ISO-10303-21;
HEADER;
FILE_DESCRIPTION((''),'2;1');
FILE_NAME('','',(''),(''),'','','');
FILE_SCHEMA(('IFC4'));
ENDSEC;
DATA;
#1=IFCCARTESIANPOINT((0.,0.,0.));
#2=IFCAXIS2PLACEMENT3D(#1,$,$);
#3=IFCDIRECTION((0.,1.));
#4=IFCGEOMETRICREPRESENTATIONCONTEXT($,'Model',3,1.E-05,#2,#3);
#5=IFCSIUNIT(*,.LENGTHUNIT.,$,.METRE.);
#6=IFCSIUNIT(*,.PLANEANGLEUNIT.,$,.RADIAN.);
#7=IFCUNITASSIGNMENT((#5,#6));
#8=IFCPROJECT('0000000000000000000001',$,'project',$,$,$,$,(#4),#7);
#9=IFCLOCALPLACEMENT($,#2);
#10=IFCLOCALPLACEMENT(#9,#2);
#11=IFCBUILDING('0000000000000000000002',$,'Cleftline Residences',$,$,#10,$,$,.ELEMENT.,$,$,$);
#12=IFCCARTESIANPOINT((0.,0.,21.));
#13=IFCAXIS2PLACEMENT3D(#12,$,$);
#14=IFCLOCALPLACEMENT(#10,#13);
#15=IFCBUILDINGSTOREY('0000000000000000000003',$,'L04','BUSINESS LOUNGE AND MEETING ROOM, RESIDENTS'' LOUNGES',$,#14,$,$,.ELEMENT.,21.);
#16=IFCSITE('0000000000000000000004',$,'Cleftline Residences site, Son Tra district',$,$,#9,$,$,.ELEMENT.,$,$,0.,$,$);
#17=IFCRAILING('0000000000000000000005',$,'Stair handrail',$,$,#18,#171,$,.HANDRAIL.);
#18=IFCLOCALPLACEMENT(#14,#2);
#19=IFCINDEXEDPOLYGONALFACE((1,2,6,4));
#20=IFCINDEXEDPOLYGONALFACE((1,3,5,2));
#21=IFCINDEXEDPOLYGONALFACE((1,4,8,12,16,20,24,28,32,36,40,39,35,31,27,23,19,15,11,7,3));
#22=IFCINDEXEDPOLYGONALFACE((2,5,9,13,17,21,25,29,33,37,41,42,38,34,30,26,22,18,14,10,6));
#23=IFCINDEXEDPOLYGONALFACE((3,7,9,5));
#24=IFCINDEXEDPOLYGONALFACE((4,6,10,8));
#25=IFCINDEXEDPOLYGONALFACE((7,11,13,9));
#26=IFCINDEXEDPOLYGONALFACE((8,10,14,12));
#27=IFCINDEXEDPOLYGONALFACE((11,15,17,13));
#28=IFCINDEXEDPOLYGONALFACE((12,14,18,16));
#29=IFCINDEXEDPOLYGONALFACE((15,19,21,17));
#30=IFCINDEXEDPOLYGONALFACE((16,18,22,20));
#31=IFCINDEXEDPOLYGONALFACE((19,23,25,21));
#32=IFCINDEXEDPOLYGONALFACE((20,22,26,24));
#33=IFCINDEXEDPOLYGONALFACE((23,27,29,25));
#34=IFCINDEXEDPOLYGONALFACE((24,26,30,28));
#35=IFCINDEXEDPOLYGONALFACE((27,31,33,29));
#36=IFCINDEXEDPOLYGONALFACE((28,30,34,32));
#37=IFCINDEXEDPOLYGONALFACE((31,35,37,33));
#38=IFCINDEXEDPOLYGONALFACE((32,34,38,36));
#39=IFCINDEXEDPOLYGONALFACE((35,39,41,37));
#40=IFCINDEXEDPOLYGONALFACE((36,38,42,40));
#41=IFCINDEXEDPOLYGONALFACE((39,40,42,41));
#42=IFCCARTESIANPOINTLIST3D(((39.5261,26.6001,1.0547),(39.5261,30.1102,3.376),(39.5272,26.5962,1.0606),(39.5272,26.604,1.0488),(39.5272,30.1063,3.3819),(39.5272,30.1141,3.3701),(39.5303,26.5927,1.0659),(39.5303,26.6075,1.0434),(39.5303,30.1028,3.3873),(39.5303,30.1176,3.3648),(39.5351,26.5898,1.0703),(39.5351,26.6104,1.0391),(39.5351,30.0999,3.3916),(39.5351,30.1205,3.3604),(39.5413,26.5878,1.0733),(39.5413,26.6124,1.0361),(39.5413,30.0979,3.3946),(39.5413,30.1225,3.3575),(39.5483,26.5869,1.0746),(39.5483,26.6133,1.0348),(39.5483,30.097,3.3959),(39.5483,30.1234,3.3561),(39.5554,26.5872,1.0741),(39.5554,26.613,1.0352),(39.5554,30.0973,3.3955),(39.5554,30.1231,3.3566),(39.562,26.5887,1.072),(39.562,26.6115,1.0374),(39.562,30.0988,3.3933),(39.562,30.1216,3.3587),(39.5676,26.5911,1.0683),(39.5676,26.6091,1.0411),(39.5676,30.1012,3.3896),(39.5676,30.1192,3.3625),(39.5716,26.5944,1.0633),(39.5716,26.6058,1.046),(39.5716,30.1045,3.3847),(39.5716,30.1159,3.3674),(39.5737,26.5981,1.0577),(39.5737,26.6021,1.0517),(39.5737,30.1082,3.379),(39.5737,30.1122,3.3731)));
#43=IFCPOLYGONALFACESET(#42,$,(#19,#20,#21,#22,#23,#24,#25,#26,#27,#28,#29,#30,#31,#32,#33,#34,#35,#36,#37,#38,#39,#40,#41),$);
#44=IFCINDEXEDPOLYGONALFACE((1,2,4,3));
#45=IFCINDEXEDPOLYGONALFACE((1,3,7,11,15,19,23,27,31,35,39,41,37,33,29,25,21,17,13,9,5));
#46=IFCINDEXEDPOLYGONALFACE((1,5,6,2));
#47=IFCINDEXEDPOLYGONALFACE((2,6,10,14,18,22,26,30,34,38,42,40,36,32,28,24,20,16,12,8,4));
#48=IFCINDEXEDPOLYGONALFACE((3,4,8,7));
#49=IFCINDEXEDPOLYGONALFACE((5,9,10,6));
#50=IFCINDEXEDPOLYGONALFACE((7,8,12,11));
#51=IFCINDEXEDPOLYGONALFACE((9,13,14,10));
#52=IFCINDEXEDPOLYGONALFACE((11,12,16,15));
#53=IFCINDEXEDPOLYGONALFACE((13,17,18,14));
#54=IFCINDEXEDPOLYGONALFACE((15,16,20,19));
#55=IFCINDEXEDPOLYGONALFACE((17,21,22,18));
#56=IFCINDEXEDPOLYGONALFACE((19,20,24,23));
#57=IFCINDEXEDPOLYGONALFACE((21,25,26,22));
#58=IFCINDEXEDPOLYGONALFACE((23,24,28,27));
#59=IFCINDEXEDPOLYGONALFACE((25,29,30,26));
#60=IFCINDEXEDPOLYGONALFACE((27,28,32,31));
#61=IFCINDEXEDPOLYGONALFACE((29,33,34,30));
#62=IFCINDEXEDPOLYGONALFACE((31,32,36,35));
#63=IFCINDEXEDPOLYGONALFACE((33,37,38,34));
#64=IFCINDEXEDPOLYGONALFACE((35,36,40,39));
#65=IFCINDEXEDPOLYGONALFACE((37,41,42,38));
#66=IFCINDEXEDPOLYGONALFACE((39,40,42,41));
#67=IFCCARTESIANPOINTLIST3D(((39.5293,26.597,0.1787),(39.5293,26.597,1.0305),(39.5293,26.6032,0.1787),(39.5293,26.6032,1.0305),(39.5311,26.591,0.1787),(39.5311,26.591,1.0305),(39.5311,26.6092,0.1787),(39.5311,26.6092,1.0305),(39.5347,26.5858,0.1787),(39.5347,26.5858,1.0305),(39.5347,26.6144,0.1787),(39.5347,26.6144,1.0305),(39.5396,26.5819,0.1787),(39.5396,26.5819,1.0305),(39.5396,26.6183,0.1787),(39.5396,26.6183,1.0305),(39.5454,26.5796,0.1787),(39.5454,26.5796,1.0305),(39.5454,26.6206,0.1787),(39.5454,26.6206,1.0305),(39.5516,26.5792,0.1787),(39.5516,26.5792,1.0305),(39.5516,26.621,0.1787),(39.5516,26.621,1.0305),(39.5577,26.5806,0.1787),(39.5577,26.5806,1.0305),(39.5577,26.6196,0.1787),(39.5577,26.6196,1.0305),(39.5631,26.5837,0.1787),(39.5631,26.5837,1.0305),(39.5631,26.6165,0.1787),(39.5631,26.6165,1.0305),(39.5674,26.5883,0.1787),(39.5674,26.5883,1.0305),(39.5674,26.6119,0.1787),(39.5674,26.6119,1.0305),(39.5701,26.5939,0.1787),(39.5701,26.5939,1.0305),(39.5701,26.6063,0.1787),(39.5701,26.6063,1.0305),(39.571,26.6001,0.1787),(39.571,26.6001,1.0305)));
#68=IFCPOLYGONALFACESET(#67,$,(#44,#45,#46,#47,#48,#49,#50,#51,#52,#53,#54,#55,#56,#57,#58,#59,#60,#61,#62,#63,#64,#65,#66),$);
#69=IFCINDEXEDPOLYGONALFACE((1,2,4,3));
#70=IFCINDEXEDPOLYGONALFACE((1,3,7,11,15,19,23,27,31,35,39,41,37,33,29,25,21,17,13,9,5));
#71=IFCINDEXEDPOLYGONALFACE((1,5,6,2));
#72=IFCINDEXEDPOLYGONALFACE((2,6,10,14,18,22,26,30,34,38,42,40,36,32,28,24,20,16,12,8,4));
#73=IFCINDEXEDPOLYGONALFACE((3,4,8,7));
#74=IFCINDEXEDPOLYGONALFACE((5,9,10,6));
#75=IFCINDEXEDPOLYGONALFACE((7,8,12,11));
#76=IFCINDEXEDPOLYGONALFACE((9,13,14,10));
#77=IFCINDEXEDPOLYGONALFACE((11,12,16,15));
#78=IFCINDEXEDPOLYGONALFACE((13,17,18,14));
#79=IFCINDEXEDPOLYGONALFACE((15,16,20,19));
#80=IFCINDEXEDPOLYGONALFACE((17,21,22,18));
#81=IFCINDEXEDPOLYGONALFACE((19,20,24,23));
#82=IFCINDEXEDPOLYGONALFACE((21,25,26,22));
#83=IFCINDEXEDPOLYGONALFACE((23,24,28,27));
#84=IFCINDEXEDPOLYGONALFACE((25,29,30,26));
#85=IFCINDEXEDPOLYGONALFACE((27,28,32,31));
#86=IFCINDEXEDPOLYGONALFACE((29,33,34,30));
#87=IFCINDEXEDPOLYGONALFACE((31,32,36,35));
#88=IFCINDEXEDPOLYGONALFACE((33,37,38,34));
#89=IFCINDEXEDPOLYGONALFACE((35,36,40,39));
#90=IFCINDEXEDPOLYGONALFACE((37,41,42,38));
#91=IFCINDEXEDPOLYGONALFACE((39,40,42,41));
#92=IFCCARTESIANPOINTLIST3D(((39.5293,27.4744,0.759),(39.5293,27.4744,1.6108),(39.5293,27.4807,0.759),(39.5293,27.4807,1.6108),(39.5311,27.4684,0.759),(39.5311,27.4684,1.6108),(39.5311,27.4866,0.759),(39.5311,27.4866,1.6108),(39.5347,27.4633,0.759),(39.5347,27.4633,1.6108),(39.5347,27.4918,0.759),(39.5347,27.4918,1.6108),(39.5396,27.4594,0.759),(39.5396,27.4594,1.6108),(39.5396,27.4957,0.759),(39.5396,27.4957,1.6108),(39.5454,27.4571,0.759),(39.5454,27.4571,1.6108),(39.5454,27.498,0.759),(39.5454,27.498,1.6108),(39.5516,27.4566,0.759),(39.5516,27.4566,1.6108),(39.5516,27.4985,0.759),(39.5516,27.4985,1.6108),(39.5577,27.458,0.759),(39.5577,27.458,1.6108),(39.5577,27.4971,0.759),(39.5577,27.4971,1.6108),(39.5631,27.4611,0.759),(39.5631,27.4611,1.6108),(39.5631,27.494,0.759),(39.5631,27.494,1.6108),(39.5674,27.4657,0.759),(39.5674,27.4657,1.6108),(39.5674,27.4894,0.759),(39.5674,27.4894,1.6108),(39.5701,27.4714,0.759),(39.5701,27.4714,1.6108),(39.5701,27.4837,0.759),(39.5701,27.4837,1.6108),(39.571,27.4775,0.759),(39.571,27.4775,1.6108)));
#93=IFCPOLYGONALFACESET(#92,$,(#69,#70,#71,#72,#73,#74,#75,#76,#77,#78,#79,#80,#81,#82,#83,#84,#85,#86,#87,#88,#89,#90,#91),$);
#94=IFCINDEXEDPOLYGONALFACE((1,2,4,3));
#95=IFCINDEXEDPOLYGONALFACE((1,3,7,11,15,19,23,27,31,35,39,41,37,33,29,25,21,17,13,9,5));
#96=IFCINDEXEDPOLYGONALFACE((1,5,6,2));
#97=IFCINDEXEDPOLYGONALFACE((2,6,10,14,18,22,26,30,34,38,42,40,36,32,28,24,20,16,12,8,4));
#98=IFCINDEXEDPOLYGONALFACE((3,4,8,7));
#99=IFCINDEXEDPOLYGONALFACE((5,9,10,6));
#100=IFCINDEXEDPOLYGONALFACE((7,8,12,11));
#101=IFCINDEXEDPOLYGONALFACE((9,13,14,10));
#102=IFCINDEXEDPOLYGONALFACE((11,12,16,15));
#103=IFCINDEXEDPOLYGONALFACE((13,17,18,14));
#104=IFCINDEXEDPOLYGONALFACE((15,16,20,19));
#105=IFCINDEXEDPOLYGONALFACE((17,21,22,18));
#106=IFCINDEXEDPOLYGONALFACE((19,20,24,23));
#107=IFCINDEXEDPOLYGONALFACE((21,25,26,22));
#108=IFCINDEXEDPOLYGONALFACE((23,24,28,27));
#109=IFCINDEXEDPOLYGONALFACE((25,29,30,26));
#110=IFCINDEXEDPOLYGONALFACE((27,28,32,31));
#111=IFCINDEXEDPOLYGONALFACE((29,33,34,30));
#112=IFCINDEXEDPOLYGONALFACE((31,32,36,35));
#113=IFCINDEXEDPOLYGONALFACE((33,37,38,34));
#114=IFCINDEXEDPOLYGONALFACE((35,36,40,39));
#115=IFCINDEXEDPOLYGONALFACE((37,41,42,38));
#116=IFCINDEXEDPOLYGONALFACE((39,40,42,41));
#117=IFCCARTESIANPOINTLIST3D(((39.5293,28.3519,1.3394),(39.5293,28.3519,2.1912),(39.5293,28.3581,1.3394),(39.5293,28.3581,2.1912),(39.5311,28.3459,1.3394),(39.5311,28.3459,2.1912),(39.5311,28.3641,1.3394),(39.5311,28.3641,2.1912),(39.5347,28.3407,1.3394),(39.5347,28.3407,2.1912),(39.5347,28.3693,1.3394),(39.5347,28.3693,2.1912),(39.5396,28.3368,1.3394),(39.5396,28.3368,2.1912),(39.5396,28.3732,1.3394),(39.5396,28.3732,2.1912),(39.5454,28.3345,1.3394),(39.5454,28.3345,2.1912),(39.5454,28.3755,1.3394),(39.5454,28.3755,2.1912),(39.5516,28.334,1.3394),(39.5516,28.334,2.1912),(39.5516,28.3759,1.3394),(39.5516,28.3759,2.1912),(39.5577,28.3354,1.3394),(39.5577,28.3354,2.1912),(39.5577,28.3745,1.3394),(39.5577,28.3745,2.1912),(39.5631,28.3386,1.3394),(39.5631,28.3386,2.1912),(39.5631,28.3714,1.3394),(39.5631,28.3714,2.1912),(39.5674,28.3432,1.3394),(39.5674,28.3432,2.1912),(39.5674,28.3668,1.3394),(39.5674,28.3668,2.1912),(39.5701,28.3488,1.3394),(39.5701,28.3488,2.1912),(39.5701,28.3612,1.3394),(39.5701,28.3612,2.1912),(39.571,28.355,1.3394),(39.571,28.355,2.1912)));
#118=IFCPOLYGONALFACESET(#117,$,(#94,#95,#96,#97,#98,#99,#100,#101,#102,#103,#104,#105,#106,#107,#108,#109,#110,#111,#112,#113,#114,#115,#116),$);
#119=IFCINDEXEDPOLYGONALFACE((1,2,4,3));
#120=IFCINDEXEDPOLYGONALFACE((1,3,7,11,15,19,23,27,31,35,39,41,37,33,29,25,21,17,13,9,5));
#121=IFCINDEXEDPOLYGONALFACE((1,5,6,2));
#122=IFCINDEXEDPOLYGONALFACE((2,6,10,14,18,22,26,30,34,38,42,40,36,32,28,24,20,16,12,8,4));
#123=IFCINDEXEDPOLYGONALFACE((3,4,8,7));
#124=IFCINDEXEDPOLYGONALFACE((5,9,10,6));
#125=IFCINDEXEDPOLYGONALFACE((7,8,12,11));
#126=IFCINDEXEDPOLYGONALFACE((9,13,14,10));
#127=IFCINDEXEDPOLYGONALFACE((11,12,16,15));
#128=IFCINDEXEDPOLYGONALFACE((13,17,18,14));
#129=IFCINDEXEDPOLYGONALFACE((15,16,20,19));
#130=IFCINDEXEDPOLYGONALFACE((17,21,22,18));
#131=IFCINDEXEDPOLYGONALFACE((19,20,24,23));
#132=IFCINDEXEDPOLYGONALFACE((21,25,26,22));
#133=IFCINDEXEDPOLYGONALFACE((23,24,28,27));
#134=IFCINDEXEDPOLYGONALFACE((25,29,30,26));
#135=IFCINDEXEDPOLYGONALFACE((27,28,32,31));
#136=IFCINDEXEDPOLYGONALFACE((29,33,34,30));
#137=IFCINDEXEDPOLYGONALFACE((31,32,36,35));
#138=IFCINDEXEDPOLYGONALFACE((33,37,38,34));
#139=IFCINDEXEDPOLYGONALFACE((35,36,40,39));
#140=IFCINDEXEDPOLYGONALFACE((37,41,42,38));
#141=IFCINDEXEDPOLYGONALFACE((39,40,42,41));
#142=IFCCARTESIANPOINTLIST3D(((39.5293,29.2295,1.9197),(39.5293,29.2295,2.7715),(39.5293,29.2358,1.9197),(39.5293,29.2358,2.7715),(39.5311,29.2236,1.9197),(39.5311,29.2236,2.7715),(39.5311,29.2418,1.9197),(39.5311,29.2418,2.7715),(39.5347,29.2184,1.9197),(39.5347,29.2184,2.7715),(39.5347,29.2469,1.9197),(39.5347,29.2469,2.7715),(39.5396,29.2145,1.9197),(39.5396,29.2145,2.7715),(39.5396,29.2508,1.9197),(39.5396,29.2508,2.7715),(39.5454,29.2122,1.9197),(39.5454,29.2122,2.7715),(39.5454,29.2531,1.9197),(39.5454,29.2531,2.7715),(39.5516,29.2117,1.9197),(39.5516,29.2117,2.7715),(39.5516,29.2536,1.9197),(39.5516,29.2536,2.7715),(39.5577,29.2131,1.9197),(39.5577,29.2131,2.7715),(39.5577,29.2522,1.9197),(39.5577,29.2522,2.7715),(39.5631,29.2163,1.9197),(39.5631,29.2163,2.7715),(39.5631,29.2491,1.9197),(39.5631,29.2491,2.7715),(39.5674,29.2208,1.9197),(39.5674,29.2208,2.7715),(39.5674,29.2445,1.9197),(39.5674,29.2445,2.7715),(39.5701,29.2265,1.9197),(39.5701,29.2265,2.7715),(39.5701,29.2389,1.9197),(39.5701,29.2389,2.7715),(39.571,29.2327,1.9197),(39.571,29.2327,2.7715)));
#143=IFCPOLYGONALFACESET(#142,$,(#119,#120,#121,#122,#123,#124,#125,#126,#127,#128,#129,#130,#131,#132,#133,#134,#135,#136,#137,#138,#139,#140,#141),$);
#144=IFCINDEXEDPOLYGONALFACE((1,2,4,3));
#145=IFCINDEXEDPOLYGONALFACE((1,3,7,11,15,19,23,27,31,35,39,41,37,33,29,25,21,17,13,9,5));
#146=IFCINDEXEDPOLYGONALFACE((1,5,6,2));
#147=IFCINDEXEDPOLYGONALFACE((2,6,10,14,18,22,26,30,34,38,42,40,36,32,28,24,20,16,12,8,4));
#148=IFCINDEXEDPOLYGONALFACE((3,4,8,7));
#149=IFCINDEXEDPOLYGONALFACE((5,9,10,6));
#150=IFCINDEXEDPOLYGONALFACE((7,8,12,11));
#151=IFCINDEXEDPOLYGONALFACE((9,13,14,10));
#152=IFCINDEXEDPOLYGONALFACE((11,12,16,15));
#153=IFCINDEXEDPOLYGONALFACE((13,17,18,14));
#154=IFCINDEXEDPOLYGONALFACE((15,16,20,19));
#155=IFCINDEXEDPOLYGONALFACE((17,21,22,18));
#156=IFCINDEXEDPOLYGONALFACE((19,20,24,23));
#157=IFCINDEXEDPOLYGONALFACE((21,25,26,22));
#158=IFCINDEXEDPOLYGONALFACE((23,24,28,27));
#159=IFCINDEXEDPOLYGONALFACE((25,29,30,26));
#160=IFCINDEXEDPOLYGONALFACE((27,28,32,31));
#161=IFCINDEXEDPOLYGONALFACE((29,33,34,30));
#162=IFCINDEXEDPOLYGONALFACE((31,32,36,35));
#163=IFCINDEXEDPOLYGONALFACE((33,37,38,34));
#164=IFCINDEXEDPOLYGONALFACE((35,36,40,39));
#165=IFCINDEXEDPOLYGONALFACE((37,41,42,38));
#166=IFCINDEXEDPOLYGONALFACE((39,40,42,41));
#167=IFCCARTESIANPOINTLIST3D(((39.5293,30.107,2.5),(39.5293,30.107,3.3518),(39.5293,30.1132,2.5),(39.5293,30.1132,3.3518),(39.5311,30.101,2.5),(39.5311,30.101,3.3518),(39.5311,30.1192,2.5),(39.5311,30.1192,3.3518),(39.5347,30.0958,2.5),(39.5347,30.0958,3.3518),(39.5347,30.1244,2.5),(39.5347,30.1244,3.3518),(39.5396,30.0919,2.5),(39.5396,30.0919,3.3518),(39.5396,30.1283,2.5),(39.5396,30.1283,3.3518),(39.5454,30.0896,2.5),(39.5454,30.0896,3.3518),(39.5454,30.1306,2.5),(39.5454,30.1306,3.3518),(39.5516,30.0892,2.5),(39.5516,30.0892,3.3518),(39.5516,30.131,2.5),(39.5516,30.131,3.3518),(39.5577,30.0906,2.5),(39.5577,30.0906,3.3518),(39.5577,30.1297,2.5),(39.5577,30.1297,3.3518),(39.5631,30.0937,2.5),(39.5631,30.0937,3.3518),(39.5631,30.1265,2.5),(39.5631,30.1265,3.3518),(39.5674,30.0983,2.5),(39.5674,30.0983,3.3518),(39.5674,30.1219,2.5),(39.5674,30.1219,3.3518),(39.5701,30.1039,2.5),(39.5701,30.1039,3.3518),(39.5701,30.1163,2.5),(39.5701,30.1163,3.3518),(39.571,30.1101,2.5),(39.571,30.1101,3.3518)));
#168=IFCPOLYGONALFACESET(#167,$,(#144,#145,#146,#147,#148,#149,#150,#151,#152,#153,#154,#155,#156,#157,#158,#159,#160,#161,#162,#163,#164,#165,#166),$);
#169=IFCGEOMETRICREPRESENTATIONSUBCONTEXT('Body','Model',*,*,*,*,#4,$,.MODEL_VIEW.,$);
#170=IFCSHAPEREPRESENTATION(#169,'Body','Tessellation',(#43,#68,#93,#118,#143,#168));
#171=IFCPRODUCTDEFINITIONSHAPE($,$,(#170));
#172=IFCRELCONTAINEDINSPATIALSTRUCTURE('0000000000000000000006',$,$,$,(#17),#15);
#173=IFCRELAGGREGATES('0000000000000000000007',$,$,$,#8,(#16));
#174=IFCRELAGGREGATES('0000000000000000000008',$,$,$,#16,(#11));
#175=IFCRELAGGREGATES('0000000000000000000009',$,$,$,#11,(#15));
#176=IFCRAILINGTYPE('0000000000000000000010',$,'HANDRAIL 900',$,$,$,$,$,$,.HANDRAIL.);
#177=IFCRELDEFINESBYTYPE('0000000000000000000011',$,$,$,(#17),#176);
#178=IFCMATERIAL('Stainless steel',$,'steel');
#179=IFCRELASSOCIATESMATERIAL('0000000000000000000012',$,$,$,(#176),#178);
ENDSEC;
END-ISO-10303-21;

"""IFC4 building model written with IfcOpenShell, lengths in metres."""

from ifc_helpers import new_model, si_unit, direction, frame, origin, origin_2d, place, context, subcontext, project, spatial, circle, extrude, material, type_object, element, save


model = new_model("IFC4")

# Units and contexts
model_context = context("Model", 3, precision=1e-05, world=origin(), true_north=direction((0.0, 1.0)))
body_context = subcontext(model_context, "Body", "Model", "MODEL_VIEW")
ifc_project = project(units=[si_unit("LENGTHUNIT", "METRE"), si_unit("PLANEANGLEUNIT", "RADIAN")], contexts=[model_context])

# Site, building, storey
site_placement = place(None, origin())
site = spatial("IfcSite", under=ifc_project, at=site_placement, Name="Cleftline Residences site, Son Tra district", CompositionType="ELEMENT", RefElevation=0.0)
building_placement = place(site_placement, origin())
building = spatial("IfcBuilding", under=site, at=building_placement, Name="Cleftline Residences", CompositionType="ELEMENT")
storey_placement = place(building_placement, frame((0.0, 0.0, 21.0)))
storey = spatial("IfcBuildingStorey", under=building, at=storey_placement, Name="L04", Description="BUSINESS LOUNGE AND MEETING ROOM, RESIDENTS' LOUNGES", CompositionType="ELEMENT", Elevation=21.0)

# Railing
ifc_material_1 = material(Name="Stainless steel", Category="steel")
railing_type = type_object("IfcRailingType", Name="HANDRAIL 900", PredefinedType="HANDRAIL", material=ifc_material_1)
railing_placement = place(storey_placement, frame((39.55, 26.6001, 0.1787)))
element("IfcRailing", 1, at=railing_placement, inside=storey, type_object=railing_type, Name="Stair handrail", PredefinedType="HANDRAIL", context=body_context, shape_type="SweptSolid", body=[
    extrude(circle(Radius=0.0239, at=origin_2d()), frame((0.0, 0.0, 0.876), z_axis=(0.0, 0.834097, 0.551617), x_axis=(-1.0, 0.0, 0.0)), (0.0, 0.0, 1.0), 4.2083),
    extrude(circle(Radius=0.021, at=origin_2d()), origin(), (0.0, 0.0, 1.0), 0.8518),
    extrude(circle(Radius=0.021, at=origin_2d()), frame((0.0, 0.8774, 0.5803)), (0.0, 0.0, 1.0), 0.8518),
    extrude(circle(Radius=0.021, at=origin_2d()), frame((0.0, 1.7549, 1.1606)), (0.0, 0.0, 1.0), 0.8518),
    extrude(circle(Radius=0.021, at=origin_2d()), frame((0.0, 2.6326, 1.741)), (0.0, 0.0, 1.0), 0.8518),
    extrude(circle(Radius=0.021, at=origin_2d()), frame((0.0, 3.51, 2.3213)), (0.0, 0.0, 1.0), 0.8518),
])

save(model, "model.ifc")
